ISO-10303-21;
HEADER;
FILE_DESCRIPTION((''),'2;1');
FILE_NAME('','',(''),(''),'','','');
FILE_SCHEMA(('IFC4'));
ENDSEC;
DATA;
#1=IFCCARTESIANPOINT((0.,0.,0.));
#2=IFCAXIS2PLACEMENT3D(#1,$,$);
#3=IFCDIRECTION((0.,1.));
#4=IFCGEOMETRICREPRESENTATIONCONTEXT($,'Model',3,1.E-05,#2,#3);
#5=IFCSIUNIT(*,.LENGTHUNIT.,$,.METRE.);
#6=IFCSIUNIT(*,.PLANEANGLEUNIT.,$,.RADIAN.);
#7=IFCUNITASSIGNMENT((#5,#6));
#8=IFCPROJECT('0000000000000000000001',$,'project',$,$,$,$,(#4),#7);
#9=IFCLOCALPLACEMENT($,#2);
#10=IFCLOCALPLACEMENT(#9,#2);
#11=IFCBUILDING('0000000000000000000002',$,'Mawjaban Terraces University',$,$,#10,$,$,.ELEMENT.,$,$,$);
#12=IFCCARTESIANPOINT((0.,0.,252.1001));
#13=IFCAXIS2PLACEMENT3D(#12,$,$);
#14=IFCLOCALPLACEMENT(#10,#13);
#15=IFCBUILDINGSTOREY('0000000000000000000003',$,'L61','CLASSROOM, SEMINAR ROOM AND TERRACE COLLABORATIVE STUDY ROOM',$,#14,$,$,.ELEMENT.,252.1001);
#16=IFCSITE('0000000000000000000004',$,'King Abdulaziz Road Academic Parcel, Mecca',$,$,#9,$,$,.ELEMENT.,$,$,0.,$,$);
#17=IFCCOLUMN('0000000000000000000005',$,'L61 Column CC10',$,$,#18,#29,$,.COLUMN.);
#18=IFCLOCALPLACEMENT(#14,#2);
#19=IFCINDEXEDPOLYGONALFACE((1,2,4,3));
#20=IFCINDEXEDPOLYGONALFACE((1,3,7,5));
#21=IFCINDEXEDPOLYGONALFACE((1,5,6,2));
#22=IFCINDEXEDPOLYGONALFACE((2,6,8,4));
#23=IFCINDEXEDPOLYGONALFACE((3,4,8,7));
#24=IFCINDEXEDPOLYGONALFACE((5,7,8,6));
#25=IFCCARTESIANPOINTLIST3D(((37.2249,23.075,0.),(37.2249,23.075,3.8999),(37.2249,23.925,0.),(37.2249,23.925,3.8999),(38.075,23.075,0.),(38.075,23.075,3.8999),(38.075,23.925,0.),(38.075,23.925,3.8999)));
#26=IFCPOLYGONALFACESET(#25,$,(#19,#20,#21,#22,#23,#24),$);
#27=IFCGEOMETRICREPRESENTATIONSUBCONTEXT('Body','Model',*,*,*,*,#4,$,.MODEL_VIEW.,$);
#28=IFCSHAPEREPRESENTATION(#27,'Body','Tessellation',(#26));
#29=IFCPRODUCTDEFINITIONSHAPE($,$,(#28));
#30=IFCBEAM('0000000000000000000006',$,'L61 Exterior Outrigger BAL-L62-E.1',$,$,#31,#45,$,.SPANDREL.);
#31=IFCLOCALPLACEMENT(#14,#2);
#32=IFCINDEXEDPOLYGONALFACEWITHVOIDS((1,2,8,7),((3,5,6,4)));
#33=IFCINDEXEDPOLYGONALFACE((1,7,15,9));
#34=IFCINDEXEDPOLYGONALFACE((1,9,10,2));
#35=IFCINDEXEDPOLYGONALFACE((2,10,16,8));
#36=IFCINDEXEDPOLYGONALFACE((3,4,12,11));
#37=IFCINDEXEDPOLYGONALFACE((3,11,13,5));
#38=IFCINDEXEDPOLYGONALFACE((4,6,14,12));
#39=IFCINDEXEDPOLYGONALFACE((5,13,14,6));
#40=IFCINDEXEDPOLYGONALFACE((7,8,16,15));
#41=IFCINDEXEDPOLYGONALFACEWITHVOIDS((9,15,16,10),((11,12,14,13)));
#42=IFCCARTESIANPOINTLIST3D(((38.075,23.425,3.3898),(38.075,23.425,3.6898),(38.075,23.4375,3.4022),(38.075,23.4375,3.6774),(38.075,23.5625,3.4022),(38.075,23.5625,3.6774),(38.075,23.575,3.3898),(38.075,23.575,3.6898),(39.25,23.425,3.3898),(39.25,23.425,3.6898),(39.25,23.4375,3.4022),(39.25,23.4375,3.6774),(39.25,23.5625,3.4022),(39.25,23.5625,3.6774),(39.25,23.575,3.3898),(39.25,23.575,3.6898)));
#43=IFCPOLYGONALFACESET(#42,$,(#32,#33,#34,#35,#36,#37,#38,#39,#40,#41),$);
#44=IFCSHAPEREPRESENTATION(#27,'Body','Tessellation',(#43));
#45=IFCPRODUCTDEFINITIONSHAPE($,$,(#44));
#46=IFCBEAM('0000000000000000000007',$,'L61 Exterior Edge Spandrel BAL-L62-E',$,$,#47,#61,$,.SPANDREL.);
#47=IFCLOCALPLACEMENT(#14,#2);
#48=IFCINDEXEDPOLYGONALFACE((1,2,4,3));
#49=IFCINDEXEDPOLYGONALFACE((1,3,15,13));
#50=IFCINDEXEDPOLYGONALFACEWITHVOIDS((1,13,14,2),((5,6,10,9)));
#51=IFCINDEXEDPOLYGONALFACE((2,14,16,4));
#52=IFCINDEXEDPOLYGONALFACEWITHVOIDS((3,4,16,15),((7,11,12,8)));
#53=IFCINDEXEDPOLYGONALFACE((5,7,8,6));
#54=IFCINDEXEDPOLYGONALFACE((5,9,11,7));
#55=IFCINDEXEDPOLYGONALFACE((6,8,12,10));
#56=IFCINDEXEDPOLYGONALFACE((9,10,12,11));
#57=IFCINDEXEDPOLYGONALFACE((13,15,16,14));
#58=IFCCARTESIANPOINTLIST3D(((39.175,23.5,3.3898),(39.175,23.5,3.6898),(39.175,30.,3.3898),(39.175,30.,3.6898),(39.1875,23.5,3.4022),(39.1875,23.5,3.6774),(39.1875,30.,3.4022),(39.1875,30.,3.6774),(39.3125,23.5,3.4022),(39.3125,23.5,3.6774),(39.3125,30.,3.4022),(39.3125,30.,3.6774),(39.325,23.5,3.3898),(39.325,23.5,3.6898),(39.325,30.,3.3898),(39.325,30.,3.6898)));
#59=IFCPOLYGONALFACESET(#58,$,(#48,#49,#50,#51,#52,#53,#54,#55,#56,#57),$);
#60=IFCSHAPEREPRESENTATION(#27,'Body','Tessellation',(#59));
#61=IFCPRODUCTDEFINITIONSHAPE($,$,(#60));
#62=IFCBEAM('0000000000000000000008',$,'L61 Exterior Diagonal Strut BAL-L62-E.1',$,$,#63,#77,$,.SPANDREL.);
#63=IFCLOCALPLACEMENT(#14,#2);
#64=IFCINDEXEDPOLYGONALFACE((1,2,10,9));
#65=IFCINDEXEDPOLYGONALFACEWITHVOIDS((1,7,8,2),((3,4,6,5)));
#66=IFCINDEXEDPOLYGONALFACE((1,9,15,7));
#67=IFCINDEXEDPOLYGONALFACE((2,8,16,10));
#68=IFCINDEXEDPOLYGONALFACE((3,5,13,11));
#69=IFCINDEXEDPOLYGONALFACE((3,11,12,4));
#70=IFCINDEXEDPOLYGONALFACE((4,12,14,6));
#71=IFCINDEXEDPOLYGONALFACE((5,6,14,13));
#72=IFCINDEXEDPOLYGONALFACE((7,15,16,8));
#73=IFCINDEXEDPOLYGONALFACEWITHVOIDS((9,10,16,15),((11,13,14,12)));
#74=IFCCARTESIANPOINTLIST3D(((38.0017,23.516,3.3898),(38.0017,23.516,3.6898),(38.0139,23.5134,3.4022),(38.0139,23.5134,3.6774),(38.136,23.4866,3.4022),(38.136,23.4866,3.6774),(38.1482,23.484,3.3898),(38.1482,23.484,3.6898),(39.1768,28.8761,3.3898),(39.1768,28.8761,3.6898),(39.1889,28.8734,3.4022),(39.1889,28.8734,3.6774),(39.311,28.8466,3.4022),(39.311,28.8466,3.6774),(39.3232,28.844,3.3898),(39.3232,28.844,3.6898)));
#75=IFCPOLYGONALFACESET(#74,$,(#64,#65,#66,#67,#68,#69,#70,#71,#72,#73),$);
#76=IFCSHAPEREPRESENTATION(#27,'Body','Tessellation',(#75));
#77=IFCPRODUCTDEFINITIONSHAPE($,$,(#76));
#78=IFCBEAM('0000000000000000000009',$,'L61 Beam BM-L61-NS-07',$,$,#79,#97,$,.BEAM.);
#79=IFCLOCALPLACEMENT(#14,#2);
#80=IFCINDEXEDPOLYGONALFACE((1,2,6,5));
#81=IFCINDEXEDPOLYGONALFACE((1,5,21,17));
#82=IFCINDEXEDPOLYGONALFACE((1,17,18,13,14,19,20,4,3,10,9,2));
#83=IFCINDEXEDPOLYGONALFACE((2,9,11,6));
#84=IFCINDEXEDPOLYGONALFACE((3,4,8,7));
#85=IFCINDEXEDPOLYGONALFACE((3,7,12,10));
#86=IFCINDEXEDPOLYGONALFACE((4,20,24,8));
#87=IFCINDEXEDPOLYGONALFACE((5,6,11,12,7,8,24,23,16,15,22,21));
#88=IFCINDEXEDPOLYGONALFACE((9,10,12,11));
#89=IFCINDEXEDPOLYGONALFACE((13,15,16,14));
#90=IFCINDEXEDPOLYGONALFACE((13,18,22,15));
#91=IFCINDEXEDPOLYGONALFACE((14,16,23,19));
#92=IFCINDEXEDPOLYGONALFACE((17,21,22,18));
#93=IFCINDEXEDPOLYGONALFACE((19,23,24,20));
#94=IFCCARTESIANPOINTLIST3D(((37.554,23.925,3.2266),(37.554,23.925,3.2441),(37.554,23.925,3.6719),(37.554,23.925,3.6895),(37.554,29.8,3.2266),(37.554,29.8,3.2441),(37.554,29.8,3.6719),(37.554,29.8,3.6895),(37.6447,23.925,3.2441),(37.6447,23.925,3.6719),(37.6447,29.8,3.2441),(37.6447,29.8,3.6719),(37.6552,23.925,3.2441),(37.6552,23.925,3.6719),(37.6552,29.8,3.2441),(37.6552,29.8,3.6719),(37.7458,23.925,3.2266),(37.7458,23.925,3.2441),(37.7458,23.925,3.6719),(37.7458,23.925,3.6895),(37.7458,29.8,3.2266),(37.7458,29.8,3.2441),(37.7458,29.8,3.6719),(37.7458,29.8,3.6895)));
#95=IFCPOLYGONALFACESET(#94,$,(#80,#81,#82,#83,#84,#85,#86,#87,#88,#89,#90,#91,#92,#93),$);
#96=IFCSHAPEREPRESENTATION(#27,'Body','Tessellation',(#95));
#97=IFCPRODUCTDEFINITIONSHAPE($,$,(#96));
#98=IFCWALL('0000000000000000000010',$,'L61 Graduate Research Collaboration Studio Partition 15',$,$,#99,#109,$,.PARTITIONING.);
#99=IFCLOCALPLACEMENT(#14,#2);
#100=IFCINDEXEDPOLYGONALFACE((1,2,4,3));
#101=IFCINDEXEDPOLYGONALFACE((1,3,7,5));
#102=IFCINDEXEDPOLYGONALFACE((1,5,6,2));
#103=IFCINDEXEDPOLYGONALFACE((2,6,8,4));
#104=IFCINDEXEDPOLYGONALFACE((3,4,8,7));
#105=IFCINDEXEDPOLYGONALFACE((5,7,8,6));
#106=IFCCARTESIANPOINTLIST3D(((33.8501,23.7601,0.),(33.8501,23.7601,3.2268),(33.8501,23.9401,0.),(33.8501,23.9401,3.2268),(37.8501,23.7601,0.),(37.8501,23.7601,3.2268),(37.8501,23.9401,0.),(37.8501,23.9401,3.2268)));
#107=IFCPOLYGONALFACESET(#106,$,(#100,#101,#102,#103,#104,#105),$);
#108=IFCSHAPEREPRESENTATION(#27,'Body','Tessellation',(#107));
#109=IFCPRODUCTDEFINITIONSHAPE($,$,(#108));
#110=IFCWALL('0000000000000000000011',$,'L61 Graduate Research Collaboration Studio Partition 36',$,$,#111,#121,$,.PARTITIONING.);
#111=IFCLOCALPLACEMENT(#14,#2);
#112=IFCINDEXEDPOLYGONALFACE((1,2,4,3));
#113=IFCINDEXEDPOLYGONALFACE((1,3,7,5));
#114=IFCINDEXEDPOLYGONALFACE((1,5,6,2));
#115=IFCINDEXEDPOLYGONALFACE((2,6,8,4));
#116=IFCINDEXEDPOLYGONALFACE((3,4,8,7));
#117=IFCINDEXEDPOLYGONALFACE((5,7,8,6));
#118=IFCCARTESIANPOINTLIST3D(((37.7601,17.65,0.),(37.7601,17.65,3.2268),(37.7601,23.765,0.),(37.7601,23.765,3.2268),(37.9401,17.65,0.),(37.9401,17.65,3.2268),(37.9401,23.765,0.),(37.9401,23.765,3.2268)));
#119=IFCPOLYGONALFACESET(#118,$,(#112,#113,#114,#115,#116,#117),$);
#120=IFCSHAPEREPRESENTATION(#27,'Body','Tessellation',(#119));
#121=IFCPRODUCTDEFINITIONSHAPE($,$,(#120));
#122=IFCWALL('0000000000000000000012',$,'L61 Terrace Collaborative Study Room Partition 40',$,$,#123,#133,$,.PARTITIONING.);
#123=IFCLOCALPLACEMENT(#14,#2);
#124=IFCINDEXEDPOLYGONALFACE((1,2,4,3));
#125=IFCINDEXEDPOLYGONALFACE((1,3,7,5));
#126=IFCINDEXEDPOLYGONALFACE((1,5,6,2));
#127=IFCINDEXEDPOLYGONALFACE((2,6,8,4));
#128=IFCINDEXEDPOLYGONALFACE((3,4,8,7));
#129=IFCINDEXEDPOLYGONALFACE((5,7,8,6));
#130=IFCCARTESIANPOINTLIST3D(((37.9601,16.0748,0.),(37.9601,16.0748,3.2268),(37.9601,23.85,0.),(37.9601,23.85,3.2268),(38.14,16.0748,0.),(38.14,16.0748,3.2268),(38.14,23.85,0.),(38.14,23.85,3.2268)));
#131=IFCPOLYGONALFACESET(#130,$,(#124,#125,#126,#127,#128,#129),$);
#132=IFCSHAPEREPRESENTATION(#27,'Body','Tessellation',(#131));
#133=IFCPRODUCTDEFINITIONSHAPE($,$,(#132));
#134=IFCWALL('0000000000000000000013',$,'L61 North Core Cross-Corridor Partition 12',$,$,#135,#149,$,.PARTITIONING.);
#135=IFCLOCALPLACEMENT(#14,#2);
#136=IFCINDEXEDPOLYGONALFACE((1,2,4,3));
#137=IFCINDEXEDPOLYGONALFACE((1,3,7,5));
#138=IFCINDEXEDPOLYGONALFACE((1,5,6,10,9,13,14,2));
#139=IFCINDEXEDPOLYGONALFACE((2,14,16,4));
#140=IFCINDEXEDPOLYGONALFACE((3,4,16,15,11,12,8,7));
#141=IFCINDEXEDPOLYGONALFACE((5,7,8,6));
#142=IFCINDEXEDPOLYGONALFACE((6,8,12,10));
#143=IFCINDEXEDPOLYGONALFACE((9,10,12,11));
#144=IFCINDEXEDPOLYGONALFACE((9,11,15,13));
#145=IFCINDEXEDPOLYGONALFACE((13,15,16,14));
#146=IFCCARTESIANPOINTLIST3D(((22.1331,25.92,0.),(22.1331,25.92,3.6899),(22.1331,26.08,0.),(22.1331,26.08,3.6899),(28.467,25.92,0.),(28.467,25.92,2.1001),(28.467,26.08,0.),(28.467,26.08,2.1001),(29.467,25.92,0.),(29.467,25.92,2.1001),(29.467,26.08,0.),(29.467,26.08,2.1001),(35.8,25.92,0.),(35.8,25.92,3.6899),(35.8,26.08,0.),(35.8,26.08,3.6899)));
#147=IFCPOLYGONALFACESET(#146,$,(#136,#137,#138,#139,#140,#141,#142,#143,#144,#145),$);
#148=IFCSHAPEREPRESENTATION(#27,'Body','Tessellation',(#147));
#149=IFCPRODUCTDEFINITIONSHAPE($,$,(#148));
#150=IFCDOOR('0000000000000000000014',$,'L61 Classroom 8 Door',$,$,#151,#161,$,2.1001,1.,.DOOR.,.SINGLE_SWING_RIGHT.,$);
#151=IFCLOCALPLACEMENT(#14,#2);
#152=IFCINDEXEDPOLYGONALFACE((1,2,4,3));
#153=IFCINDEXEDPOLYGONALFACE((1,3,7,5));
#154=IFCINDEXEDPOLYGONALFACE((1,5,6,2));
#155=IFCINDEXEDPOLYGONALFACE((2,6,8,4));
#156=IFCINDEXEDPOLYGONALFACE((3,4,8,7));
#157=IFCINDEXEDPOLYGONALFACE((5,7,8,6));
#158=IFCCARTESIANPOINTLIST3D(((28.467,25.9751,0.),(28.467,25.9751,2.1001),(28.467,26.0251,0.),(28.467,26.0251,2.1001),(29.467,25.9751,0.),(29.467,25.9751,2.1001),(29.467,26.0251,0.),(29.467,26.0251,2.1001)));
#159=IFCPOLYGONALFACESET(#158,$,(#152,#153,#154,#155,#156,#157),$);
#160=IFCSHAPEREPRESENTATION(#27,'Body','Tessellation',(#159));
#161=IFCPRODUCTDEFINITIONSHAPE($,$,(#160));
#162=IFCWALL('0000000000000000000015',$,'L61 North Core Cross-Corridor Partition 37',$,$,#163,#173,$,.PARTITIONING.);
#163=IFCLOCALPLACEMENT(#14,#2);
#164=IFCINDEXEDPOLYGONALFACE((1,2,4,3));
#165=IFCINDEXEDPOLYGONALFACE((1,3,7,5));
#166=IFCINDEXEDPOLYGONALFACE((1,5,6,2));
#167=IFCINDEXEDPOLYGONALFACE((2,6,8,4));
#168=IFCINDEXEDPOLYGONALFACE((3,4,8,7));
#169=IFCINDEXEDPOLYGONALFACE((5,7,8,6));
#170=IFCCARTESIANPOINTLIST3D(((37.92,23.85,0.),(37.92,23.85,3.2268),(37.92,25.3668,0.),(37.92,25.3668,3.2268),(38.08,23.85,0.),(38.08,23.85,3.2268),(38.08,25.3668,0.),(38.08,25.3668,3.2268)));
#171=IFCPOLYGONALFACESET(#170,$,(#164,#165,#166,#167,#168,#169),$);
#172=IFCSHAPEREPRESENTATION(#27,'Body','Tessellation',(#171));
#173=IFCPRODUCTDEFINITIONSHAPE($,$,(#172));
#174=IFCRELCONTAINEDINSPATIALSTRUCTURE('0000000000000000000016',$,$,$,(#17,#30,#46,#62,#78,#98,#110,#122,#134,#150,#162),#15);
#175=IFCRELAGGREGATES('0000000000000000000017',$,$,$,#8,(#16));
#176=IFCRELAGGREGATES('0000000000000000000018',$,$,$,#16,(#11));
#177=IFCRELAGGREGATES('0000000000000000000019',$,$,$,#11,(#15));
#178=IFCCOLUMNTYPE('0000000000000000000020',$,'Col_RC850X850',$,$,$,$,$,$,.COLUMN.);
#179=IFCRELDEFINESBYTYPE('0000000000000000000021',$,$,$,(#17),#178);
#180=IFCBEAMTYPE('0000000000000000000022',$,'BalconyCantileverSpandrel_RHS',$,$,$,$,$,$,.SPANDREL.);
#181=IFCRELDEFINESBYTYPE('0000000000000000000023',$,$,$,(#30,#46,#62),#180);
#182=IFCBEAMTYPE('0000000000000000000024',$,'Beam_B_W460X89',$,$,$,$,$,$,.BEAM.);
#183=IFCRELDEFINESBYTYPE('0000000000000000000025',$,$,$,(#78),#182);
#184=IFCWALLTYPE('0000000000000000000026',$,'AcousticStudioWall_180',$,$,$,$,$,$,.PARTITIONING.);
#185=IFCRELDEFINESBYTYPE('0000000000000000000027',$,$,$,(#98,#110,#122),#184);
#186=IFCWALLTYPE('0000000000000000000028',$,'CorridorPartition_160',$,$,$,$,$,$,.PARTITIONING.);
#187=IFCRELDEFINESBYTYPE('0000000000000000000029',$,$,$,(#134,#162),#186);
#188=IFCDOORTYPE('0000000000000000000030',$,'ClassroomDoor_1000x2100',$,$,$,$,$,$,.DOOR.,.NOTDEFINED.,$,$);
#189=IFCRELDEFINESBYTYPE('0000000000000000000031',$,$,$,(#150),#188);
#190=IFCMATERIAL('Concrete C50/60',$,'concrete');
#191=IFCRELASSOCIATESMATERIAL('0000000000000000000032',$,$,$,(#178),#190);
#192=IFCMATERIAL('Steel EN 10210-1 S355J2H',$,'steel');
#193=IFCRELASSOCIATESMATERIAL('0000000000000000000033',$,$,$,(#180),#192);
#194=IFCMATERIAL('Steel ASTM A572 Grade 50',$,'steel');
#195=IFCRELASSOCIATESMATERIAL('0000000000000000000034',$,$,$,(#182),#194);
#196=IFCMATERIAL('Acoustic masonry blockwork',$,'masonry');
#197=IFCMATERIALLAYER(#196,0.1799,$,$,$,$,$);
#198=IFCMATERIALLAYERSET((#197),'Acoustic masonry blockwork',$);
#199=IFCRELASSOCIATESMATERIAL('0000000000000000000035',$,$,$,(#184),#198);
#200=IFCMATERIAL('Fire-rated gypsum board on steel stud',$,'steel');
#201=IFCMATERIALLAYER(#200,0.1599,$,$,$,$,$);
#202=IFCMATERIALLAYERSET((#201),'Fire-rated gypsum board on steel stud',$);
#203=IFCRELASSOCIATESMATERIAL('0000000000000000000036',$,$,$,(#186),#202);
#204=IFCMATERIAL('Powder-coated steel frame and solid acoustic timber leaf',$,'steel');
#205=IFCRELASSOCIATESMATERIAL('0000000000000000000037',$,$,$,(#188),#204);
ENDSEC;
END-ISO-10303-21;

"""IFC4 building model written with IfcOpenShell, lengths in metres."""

from ifc_helpers import new_model, si_unit, direction, frame, frame_2d, origin, origin_2d, place, context, subcontext, project, spatial, rectangle, hollow_rectangle, i_section, extrude, material, layer, layer_set, material_profile, profile_set, type_object, element, fill, save


model = new_model("IFC4")

# Units and contexts
model_context = context("Model", 3, precision=1e-05, world=origin(), true_north=direction((0.0, 1.0)))
body_context = subcontext(model_context, "Body", "Model", "MODEL_VIEW")
ifc_project = project(units=[si_unit("LENGTHUNIT", "METRE"), si_unit("PLANEANGLEUNIT", "RADIAN")], contexts=[model_context])

# Site, building, storey
site_placement = place(None, origin())
site = spatial("IfcSite", under=ifc_project, at=site_placement, Name="King Abdulaziz Road Academic Parcel, Mecca", CompositionType="ELEMENT", RefElevation=0.0)
building_placement = place(site_placement, origin())
building = spatial("IfcBuilding", under=site, at=building_placement, Name="Mawjaban Terraces University", CompositionType="ELEMENT")
storey_placement = place(building_placement, frame((0.0, 0.0, 252.1001)))
storey = spatial("IfcBuildingStorey", under=building, at=storey_placement, Name="L61", Description="CLASSROOM, SEMINAR ROOM AND TERRACE COLLABORATIVE STUDY ROOM", CompositionType="ELEMENT", Elevation=252.1001)

# Column
ifc_material_1 = material(Name="Concrete C50/60", Category="concrete")
ifc_material_profile_1 = material_profile(ifc_material_1, rectangle(XDim=0.8501, YDim=0.8501, at=origin_2d()), Name="RC850X850")
ifc_profile_set_1 = profile_set([ifc_material_profile_1], Name="Concrete C50/60")
column_type = type_object("IfcColumnType", Name="Col_RC850X850", PredefinedType="COLUMN", material=ifc_profile_set_1)
column_placement = place(storey_placement, frame((37.6499, 23.5, 0.0), z_axis=(0.0, 0.0, 1.0), x_axis=(1.0, 0.0, 0.0)))
element("IfcColumn", 1, at=column_placement, inside=storey, type_object=column_type, Name="L61 Column CC10", PredefinedType="COLUMN", context=body_context, shape_type="SweptSolid", body=[
    extrude(rectangle(XDim=0.8501, YDim=0.8501, at=origin_2d()), origin(), (0.0, 0.0, 1.0), 3.8999),
])

# Beams
ifc_material_2 = material(Name="Steel EN 10210-1 S355J2H", Category="steel")
ifc_material_profile_2 = material_profile(ifc_material_2, hollow_rectangle(XDim=0.1499, YDim=0.3, WallThickness=0.0125, at=origin_2d()), Name="RHS300X150X12.5")
ifc_profile_set_2 = profile_set([ifc_material_profile_2], Name="Steel EN 10210-1 S355J2H")
beam_type_1 = type_object("IfcBeamType", Name="BalconyCantileverSpandrel_RHS", PredefinedType="SPANDREL", material=ifc_profile_set_2)
beam_1_placement = place(storey_placement, frame((38.075, 23.5, 3.5398), z_axis=(1.0, 0.0, 0.0), x_axis=(0.0, 1.0, 0.0)))
element("IfcBeam", 2, at=beam_1_placement, inside=storey, type_object=beam_type_1, Name="L61 Exterior Outrigger BAL-L62-E.1", PredefinedType="SPANDREL", context=body_context, shape_type="SweptSolid", body=[
    extrude(hollow_rectangle(XDim=0.1499, YDim=0.3, WallThickness=0.0125, at=origin_2d()), origin(), (0.0, 0.0, 1.0), 1.175),
])
beam_2_placement = place(storey_placement, frame((39.25, 23.5, 3.5398), z_axis=(0.0, 1.0, 0.0), x_axis=(-1.0, 0.0, 0.0)))
element("IfcBeam", 3, at=beam_2_placement, inside=storey, type_object=beam_type_1, Name="L61 Exterior Edge Spandrel BAL-L62-E", PredefinedType="SPANDREL", context=body_context, shape_type="SweptSolid", body=[
    extrude(hollow_rectangle(XDim=0.1499, YDim=0.3, WallThickness=0.0125, at=origin_2d()), origin(), (0.0, 0.0, 1.0), 6.5),
])
beam_3_placement = place(storey_placement, frame((38.075, 23.5, 3.5398), z_axis=(0.214136, 0.976804, 0.0), x_axis=(-0.976804, 0.214136, 0.0)))
element("IfcBeam", 4, at=beam_3_placement, inside=storey, type_object=beam_type_1, Name="L61 Exterior Diagonal Strut BAL-L62-E.1", PredefinedType="SPANDREL", context=body_context, shape_type="SweptSolid", body=[
    extrude(hollow_rectangle(XDim=0.1499, YDim=0.3, WallThickness=0.0125, at=origin_2d()), origin(), (0.0, 0.0, 1.0), 5.4873),
])
ifc_material_3 = material(Name="Steel ASTM A572 Grade 50", Category="steel")
ifc_material_profile_3 = material_profile(ifc_material_3, i_section(OverallWidth=0.1919, OverallDepth=0.4629, WebThickness=0.0105, FlangeThickness=0.0176, at=origin_2d()), Name="W460X89")
ifc_profile_set_3 = profile_set([ifc_material_profile_3], Name="Steel ASTM A572 Grade 50")
beam_type_2 = type_object("IfcBeamType", Name="Beam_B_W460X89", PredefinedType="BEAM", material=ifc_profile_set_3)
beam_4_placement = place(storey_placement, frame((37.6499, 23.925, 3.458), z_axis=(0.0, 1.0, 0.0), x_axis=(-1.0, 0.0, 0.0)))
element("IfcBeam", 5, at=beam_4_placement, inside=storey, type_object=beam_type_2, Name="L61 Beam BM-L61-NS-07", PredefinedType="BEAM", context=body_context, shape_type="SweptSolid", body=[
    extrude(i_section(OverallWidth=0.1919, OverallDepth=0.4629, WebThickness=0.0105, FlangeThickness=0.0176, at=origin_2d()), origin(), (0.0, 0.0, 1.0), 5.875),
])

# Walls
ifc_material_4 = material(Name="Acoustic masonry blockwork", Category="masonry")
ifc_layer_1 = layer(ifc_material_4, 0.1799)
ifc_layer_set_1 = layer_set([ifc_layer_1], Name="Acoustic masonry blockwork")
wall_type_1 = type_object("IfcWallType", Name="AcousticStudioWall_180", PredefinedType="PARTITIONING", material=ifc_layer_set_1)
wall_1_placement = place(storey_placement, frame((37.8501, 23.8501, 0.0), z_axis=(0.0, 0.0, 1.0), x_axis=(-1.0, 0.0, 0.0)))
element("IfcWall", 6, at=wall_1_placement, inside=storey, type_object=wall_type_1, Name="L61 Graduate Research Collaboration Studio Partition 15", PredefinedType="PARTITIONING", context=body_context, shape_type="SweptSolid", body=[
    extrude(rectangle(XDim=4.0, YDim=0.1799, at=frame_2d((2.0, 0.0))), origin(), (0.0, 0.0, 1.0), 3.2268),
])
wall_2_placement = place(storey_placement, frame((37.8501, 17.6499, 0.0), z_axis=(0.0, 0.0, 1.0), x_axis=(0.0, 1.0, 0.0)))
element("IfcWall", 7, at=wall_2_placement, inside=storey, type_object=wall_type_1, Name="L61 Graduate Research Collaboration Studio Partition 36", PredefinedType="PARTITIONING", context=body_context, shape_type="SweptSolid", body=[
    extrude(rectangle(XDim=6.115, YDim=0.1799, at=frame_2d((3.0576, 0.0))), origin(), (0.0, 0.0, 1.0), 3.2268),
])
wall_3_placement = place(storey_placement, frame((38.05, 23.8501, 0.0), z_axis=(0.0, 0.0, 1.0), x_axis=(0.0, -1.0, 0.0)))
element("IfcWall", 8, at=wall_3_placement, inside=storey, type_object=wall_type_1, Name="L61 Terrace Collaborative Study Room Partition 40", PredefinedType="PARTITIONING", context=body_context, shape_type="SweptSolid", body=[
    extrude(rectangle(XDim=7.7751, YDim=0.1799, at=frame_2d((3.8877, 0.0))), origin(), (0.0, 0.0, 1.0), 3.2268),
])

# Wall, opening, door
ifc_material_5 = material(Name="Fire-rated gypsum board on steel stud", Category="steel")
ifc_layer_2 = layer(ifc_material_5, 0.1599)
ifc_layer_set_2 = layer_set([ifc_layer_2], Name="Fire-rated gypsum board on steel stud")
wall_type_2 = type_object("IfcWallType", Name="CorridorPartition_160", PredefinedType="PARTITIONING", material=ifc_layer_set_2)
wall_4_placement = place(storey_placement, frame((35.8, 26.0, 0.0), z_axis=(0.0, 0.0, 1.0), x_axis=(-1.0, 0.0, 0.0)))
wall_4 = element("IfcWall", 9, at=wall_4_placement, inside=storey, type_object=wall_type_2, Name="L61 North Core Cross-Corridor Partition 12", PredefinedType="PARTITIONING", context=body_context, shape_type="SweptSolid", body=[
    extrude(rectangle(XDim=13.667, YDim=0.1599, at=frame_2d((6.8335, 0.0))), origin(), (0.0, 0.0, 1.0), 3.6899),
])
opening_1_placement = place(wall_4_placement, frame((6.333, 0.0, 0.0)))
opening_1 = element("IfcOpeningElement", 10, at=opening_1_placement, cuts=wall_4, PredefinedType="OPENING", context=body_context, shape_type="SweptSolid", body=[
    extrude(rectangle(XDim=1.0, YDim=2.1001, at=frame_2d((0.5, 1.05))), frame((0.0, 0.0898, 0.0), z_axis=(0.0, -1.0, 0.0), x_axis=(1.0, 0.0, 0.0)), (0.0, 0.0, 1.0), 0.1799),
])
ifc_material_6 = material(Name="Powder-coated steel frame and solid acoustic timber leaf", Category="steel")
door_type_1 = type_object("IfcDoorType", Name="ClassroomDoor_1000x2100", OperationType="NOTDEFINED", PredefinedType="DOOR", material=ifc_material_6)
door_1_placement = place(opening_1_placement, origin())
door_1 = element("IfcDoor", 11, at=door_1_placement, inside=storey, type_object=door_type_1, Name="L61 Classroom 8 Door", OperationType="SINGLE_SWING_RIGHT", OverallHeight=2.1001, OverallWidth=1.0, PredefinedType="DOOR", context=body_context, shape_type="SweptSolid", body=[
    extrude(rectangle(XDim=1.0, YDim=2.1001, at=frame_2d((0.5, 1.05))), frame((0.0, 0.0249, 0.0), z_axis=(0.0, -1.0, 0.0), x_axis=(1.0, 0.0, 0.0)), (0.0, 0.0, 1.0), 0.05),
])
fill(opening_1, door_1)

# Wall
wall_5_placement = place(storey_placement, frame((38.0, 23.8501, 0.0), z_axis=(0.0, 0.0, 1.0), x_axis=(0.0, 1.0, 0.0)))
element("IfcWall", 12, at=wall_5_placement, inside=storey, type_object=wall_type_2, Name="L61 North Core Cross-Corridor Partition 37", PredefinedType="PARTITIONING", context=body_context, shape_type="SweptSolid", body=[
    extrude(rectangle(XDim=1.5168, YDim=0.1599, at=frame_2d((0.7583, 0.0))), origin(), (0.0, 0.0, 1.0), 3.2268),
])

save(model, "model.ifc")
